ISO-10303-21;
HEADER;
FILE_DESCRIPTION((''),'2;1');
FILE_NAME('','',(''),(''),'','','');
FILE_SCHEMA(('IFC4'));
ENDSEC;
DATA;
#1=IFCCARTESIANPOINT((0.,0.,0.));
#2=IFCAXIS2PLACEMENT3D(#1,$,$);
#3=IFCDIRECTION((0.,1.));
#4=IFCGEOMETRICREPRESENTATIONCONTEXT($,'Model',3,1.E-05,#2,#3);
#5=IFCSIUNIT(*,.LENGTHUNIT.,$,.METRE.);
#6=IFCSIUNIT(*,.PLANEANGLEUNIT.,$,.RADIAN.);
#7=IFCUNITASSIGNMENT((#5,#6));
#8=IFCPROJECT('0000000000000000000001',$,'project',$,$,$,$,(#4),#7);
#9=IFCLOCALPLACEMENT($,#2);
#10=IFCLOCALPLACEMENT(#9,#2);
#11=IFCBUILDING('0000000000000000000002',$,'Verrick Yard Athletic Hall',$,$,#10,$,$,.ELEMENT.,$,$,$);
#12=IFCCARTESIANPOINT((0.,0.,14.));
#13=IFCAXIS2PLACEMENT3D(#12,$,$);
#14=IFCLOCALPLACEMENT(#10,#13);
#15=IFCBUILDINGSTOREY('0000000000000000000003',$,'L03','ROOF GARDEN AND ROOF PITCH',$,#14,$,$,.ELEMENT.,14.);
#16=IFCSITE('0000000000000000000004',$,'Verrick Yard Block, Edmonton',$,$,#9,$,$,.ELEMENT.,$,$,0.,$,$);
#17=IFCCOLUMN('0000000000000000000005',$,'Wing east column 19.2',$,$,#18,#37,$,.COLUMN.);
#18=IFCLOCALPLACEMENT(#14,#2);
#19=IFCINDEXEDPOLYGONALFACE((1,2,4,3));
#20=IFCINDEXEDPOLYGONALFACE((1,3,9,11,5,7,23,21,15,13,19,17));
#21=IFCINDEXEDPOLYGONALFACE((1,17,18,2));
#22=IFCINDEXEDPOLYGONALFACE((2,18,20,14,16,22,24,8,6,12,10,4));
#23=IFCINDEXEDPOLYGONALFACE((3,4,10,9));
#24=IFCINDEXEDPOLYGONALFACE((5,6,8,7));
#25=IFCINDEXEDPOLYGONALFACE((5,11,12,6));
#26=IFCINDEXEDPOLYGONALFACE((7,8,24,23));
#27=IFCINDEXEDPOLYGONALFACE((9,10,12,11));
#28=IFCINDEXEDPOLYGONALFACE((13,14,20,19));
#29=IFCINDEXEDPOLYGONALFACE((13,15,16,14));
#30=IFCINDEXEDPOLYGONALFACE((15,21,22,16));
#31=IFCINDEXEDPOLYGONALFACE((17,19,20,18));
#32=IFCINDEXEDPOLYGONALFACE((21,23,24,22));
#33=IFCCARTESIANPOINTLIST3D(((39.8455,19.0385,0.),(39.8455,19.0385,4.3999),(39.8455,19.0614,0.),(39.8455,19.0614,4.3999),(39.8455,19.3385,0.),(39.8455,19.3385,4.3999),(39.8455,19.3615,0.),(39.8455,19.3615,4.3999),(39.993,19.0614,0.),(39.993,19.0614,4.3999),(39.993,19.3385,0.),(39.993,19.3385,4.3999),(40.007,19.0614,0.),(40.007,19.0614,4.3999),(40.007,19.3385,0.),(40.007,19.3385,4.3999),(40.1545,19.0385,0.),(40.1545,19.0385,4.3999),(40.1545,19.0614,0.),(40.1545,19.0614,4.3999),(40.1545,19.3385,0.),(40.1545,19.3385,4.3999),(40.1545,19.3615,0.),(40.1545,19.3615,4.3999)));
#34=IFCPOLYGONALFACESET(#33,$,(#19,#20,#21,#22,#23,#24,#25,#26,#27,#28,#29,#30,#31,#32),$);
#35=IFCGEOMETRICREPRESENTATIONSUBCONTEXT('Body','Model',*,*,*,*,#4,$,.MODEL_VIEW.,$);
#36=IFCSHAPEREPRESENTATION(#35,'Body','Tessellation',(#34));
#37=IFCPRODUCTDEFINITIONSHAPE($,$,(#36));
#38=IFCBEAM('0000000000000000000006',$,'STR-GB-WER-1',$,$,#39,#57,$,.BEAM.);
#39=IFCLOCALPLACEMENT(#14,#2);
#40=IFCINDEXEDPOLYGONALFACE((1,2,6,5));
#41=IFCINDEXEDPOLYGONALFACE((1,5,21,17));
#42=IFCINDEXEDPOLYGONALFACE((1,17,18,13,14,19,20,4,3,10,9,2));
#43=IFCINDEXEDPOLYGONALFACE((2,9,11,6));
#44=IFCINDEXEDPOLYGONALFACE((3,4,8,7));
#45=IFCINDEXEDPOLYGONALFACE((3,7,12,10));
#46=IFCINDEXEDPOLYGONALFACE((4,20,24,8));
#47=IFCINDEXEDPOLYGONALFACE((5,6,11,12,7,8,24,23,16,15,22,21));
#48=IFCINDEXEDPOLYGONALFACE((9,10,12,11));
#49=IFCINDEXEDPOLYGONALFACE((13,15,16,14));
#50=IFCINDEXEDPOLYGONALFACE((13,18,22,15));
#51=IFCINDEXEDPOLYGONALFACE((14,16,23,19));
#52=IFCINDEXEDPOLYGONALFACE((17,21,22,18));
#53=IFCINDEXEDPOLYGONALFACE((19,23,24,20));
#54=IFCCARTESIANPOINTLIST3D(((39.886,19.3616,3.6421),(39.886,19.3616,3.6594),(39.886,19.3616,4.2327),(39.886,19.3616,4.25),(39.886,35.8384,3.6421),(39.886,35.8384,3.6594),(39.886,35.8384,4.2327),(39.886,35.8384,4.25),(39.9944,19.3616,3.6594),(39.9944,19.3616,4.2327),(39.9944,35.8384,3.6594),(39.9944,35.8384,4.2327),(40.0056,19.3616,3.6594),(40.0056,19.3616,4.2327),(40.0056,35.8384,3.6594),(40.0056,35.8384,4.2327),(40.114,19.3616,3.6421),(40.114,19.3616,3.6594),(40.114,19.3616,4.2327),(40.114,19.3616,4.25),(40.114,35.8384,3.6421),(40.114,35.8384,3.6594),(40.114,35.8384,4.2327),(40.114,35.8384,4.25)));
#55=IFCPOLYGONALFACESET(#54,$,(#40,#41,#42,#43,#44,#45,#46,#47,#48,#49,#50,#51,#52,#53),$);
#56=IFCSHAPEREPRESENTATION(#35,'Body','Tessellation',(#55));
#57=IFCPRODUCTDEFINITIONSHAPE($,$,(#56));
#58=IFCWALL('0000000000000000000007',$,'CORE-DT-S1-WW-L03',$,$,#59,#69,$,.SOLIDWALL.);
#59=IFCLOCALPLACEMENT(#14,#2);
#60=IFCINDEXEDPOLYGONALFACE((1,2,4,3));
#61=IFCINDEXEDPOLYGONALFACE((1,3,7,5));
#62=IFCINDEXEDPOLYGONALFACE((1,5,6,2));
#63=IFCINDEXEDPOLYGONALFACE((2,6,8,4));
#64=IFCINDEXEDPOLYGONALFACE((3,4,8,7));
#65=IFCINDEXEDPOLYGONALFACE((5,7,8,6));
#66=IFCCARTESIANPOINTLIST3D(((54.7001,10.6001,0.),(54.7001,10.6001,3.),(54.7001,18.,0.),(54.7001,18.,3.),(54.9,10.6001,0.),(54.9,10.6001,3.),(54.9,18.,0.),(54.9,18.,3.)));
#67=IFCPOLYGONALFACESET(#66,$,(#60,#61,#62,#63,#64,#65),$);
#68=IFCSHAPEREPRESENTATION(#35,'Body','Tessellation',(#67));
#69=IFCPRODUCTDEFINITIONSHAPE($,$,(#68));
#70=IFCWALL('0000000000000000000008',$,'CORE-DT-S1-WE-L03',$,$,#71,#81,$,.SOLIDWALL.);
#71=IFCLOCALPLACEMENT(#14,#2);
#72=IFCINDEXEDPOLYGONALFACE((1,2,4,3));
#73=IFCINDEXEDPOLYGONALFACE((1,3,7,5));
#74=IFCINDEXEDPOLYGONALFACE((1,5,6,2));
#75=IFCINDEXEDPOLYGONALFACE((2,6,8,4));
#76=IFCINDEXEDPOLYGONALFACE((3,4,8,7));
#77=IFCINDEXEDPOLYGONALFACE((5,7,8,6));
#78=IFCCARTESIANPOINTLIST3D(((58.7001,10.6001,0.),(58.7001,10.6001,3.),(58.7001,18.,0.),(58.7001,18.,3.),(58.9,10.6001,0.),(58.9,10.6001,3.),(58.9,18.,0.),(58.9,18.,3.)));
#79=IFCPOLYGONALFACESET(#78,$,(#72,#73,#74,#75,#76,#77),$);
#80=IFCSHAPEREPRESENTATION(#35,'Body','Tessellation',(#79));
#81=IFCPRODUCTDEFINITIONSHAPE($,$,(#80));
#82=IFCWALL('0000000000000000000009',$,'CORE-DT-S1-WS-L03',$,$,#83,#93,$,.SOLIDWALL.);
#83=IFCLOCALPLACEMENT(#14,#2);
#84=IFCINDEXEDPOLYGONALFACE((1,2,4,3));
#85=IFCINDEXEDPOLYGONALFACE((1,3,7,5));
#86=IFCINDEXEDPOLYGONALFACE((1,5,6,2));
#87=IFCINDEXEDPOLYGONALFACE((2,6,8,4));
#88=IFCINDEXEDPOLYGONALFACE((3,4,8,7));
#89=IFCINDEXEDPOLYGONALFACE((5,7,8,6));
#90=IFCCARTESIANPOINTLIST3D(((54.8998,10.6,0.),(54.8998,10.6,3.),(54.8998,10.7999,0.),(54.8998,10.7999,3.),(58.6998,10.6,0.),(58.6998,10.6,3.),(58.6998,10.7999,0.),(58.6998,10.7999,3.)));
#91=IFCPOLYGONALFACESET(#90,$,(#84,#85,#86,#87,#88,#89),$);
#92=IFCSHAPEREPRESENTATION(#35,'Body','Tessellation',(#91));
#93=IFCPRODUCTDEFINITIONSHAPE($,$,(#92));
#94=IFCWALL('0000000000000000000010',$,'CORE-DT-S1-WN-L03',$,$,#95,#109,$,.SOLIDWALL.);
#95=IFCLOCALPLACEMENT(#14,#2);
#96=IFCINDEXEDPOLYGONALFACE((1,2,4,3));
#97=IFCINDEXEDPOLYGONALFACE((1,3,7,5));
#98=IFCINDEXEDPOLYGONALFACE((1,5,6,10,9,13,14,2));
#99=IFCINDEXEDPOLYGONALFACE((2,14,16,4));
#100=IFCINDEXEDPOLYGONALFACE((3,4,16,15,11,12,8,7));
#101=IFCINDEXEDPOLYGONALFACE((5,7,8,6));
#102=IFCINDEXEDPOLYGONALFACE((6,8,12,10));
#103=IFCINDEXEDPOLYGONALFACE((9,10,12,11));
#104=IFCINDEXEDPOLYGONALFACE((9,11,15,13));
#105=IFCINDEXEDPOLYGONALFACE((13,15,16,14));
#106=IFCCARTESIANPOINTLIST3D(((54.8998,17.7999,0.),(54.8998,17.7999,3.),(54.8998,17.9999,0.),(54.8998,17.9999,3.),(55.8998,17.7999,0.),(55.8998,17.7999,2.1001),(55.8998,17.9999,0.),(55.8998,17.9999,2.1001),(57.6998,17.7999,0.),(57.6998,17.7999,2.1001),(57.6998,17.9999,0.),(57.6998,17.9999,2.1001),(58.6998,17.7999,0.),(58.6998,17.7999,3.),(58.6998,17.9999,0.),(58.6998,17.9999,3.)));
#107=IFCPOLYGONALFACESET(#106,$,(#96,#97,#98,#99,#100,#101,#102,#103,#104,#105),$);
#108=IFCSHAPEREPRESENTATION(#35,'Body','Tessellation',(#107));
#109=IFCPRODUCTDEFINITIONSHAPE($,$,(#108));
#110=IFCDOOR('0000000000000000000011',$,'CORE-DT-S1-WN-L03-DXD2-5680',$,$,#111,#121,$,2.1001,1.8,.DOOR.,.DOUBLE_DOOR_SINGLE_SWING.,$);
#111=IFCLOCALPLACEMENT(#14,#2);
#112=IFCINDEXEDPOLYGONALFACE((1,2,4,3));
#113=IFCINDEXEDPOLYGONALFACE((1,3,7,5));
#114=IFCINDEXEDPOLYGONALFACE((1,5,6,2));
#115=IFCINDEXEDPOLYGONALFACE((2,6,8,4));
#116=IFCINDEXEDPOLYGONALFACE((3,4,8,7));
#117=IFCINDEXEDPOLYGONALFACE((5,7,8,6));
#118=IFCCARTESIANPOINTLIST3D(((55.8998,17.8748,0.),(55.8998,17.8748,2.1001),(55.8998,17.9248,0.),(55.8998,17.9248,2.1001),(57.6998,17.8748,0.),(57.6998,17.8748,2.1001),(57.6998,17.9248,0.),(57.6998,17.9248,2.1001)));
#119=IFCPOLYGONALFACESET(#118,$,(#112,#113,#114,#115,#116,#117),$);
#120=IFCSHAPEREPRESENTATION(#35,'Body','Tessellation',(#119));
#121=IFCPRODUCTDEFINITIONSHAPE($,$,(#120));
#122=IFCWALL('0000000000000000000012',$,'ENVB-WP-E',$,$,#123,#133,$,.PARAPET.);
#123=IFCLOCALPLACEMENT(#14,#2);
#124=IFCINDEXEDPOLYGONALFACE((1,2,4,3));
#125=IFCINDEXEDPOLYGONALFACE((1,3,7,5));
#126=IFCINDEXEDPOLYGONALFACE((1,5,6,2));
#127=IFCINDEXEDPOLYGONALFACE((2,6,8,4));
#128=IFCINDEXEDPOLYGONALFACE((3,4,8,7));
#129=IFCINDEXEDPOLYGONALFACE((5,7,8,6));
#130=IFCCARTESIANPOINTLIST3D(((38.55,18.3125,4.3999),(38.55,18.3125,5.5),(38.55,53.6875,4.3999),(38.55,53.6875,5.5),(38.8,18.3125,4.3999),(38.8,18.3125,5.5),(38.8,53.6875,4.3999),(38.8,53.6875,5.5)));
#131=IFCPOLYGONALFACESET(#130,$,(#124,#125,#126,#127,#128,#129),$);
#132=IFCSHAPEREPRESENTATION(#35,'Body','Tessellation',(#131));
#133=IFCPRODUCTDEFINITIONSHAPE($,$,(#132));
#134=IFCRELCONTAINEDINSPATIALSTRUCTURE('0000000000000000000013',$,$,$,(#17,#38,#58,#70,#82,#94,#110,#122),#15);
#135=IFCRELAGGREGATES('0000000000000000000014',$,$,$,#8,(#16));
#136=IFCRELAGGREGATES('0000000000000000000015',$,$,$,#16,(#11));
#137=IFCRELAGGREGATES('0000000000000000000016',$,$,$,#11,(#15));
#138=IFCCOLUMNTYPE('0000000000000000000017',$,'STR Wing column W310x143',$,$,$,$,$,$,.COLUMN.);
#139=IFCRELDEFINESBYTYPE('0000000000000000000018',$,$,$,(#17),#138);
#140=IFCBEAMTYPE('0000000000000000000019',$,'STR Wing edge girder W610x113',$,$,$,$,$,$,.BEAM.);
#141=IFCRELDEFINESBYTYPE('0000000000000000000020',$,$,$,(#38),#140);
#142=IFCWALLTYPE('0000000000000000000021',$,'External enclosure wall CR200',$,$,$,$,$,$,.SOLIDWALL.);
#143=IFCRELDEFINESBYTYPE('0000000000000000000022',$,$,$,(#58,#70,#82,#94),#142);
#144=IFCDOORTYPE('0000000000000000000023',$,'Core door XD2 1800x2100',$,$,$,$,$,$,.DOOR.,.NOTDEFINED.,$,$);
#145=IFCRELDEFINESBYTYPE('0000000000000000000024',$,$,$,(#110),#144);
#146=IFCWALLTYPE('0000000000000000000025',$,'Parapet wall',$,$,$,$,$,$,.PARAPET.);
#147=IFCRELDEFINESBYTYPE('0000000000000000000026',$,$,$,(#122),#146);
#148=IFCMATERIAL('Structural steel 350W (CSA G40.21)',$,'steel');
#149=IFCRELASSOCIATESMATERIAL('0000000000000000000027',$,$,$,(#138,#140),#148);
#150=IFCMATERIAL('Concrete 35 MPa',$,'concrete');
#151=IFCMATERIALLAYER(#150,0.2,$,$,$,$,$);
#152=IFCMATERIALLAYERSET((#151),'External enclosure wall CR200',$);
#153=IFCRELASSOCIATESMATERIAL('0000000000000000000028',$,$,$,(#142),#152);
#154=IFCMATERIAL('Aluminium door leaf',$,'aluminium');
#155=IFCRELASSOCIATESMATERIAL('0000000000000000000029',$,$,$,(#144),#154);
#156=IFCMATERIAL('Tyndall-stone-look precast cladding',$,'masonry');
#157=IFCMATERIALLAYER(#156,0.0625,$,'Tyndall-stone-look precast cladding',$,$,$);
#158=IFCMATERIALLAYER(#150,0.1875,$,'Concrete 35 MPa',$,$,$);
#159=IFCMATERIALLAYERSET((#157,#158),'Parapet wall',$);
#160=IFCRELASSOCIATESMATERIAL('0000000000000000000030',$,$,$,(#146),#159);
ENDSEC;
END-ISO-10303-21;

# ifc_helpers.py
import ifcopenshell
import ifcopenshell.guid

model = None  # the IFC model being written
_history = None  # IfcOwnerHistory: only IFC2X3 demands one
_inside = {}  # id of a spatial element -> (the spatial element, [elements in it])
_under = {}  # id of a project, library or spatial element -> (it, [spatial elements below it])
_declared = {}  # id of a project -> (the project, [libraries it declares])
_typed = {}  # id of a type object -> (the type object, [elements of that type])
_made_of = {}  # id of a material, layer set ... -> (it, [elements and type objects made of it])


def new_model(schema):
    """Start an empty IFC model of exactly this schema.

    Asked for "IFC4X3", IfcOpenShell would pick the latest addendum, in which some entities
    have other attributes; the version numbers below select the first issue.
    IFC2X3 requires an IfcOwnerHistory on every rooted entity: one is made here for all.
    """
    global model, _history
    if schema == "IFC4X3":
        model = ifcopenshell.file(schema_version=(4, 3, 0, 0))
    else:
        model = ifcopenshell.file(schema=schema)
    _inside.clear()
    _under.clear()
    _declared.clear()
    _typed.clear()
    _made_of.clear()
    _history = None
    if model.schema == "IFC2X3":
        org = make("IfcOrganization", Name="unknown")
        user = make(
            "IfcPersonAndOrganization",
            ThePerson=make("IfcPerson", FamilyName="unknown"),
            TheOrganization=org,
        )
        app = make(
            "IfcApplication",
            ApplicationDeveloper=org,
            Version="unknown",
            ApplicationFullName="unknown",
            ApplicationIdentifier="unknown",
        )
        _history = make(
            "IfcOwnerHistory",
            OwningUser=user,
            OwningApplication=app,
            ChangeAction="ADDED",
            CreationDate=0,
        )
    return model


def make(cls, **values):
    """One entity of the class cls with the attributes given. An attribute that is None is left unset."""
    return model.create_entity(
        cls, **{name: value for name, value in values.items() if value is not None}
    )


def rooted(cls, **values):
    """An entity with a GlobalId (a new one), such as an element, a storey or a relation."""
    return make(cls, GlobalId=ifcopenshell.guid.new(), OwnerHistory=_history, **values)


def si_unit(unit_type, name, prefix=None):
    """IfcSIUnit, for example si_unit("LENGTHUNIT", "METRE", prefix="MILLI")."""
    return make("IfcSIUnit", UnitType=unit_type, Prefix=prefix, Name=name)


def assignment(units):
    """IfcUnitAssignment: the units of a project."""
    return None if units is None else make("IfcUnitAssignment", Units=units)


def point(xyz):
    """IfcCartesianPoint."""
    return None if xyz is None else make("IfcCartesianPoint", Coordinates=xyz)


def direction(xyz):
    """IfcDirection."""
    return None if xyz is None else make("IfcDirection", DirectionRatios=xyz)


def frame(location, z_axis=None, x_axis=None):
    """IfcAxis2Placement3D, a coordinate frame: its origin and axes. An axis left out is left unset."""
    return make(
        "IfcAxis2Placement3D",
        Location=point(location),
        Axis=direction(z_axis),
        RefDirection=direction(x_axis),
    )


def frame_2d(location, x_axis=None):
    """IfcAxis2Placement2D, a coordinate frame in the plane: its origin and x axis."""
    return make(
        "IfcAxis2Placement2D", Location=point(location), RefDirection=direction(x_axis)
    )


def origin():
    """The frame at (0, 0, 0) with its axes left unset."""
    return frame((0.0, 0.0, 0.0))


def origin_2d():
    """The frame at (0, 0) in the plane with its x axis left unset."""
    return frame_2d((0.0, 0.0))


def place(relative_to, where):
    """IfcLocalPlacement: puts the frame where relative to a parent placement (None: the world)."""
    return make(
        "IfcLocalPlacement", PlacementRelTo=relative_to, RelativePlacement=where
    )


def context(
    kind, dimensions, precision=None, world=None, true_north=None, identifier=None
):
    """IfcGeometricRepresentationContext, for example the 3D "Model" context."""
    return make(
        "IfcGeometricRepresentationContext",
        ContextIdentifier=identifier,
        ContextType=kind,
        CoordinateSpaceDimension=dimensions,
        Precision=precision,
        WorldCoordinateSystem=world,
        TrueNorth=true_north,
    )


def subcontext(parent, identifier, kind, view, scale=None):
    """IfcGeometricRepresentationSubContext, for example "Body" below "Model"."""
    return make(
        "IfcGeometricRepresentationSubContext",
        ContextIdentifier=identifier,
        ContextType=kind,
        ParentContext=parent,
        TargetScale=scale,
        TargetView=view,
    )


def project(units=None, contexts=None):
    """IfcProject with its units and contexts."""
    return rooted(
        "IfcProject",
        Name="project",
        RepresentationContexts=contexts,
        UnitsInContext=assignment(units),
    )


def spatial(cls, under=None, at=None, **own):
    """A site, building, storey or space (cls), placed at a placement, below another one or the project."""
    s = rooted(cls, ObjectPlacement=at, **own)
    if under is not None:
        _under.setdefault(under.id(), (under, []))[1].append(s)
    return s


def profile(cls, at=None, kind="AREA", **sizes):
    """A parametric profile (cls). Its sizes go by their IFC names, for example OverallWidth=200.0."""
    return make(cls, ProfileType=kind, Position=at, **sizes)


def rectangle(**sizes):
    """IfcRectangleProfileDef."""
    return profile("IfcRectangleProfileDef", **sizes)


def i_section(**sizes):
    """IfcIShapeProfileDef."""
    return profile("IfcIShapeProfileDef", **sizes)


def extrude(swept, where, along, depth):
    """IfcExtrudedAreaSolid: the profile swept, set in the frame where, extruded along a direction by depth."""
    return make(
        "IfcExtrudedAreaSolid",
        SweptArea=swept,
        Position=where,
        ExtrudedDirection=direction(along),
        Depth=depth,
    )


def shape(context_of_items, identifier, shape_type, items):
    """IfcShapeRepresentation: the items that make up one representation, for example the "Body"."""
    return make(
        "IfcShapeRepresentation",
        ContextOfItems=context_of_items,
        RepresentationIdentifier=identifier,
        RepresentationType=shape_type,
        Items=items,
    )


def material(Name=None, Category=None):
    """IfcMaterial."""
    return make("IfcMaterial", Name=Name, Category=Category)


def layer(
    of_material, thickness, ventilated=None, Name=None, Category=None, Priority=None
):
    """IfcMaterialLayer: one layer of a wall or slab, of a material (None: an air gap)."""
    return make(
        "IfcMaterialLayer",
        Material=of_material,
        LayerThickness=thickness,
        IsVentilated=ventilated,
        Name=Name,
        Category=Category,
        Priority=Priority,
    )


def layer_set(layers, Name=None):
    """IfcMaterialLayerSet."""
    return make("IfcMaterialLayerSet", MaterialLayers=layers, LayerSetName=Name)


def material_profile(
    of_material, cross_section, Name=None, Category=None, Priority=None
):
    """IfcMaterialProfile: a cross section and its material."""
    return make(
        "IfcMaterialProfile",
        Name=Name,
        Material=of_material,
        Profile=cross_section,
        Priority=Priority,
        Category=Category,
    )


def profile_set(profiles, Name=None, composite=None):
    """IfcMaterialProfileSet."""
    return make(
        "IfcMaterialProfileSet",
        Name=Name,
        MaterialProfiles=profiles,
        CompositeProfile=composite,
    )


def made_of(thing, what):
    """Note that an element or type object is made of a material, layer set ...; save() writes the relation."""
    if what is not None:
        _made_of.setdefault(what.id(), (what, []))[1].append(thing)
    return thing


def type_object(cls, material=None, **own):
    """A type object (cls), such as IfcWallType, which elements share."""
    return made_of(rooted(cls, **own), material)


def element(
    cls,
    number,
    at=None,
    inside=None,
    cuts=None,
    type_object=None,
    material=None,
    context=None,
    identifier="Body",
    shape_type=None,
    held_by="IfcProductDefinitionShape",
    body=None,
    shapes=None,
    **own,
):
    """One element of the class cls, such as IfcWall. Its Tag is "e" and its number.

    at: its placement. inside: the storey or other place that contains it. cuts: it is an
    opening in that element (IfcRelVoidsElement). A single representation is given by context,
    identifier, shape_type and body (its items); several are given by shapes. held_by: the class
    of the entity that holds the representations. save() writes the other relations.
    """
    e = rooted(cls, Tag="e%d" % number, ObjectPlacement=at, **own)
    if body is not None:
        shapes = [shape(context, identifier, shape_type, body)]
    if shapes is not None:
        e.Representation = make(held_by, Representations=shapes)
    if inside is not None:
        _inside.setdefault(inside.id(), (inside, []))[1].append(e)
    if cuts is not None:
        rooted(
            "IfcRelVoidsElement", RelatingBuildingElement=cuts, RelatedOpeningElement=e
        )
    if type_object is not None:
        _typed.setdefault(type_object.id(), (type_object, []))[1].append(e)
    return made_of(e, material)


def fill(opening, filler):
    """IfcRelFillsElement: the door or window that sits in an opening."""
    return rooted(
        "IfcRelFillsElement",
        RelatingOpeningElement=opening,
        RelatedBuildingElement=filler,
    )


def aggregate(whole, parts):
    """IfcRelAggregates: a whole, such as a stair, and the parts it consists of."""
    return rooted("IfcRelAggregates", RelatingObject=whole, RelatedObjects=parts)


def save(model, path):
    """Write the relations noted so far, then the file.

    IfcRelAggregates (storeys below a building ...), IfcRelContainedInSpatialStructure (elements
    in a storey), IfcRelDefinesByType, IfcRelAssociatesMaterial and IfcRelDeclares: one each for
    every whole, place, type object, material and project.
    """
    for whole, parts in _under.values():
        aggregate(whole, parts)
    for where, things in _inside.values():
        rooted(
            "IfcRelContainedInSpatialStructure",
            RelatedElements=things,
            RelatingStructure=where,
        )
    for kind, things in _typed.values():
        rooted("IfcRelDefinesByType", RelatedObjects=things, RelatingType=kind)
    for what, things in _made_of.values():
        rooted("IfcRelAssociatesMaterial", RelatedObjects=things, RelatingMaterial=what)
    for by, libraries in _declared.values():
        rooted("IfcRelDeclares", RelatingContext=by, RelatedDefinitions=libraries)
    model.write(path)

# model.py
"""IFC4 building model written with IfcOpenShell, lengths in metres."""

from ifc_helpers import new_model, si_unit, direction, frame, frame_2d, origin, origin_2d, place, context, subcontext, project, spatial, rectangle, i_section, extrude, material, layer, layer_set, material_profile, profile_set, type_object, element, fill, save


model = new_model("IFC4")

# Units and contexts
model_context = context("Model", 3, precision=1e-05, world=origin(), true_north=direction((0.0, 1.0)))
body_context = subcontext(model_context, "Body", "Model", "MODEL_VIEW")
ifc_project = project(units=[si_unit("LENGTHUNIT", "METRE"), si_unit("PLANEANGLEUNIT", "RADIAN")], contexts=[model_context])

# Site, building, storey
site_placement = place(None, origin())
site = spatial("IfcSite", under=ifc_project, at=site_placement, Name="Verrick Yard Block, Edmonton", CompositionType="ELEMENT", RefElevation=0.0)
building_placement = place(site_placement, origin())
building = spatial("IfcBuilding", under=site, at=building_placement, Name="Verrick Yard Athletic Hall", CompositionType="ELEMENT")
storey_placement = place(building_placement, frame((0.0, 0.0, 14.0)))
storey = spatial("IfcBuildingStorey", under=building, at=storey_placement, Name="L03", Description="ROOF GARDEN AND ROOF PITCH", CompositionType="ELEMENT", Elevation=14.0)

# Column
ifc_material_1 = material(Name="Structural steel 350W (CSA G40.21)", Category="steel")
ifc_material_profile_1 = material_profile(ifc_material_1, i_section(OverallWidth=0.3091, OverallDepth=0.323, WebThickness=0.0139, FlangeThickness=0.0229, at=origin_2d()), Name="W310x143")
ifc_profile_set_1 = profile_set([ifc_material_profile_1], Name="Structural steel 350W (CSA G40.21)")
column_type = type_object("IfcColumnType", Name="STR Wing column W310x143", PredefinedType="COLUMN", material=ifc_profile_set_1)
column_placement = place(storey_placement, frame((40.0, 19.2, 0.0), z_axis=(0.0, 0.0, 1.0), x_axis=(1.0, 0.0, 0.0)))
element("IfcColumn", 1, at=column_placement, inside=storey, type_object=column_type, Name="Wing east column 19.2", PredefinedType="COLUMN", context=body_context, shape_type="SweptSolid", body=[
    extrude(i_section(OverallWidth=0.3091, OverallDepth=0.323, WebThickness=0.0139, FlangeThickness=0.0229, at=origin_2d()), origin(), (0.0, 0.0, 1.0), 4.3999),
])

# Beam
ifc_material_profile_2 = material_profile(ifc_material_1, i_section(OverallWidth=0.228, OverallDepth=0.6079, WebThickness=0.0112, FlangeThickness=0.0173, at=origin_2d()), Name="W610x113")
ifc_profile_set_2 = profile_set([ifc_material_profile_2], Name="Structural steel 350W (CSA G40.21)")
beam_type = type_object("IfcBeamType", Name="STR Wing edge girder W610x113", PredefinedType="BEAM", material=ifc_profile_set_2)
beam_placement = place(storey_placement, frame((40.0, 19.3616, 3.946), z_axis=(0.0, 1.0, 0.0), x_axis=(-1.0, 0.0, 0.0)))
element("IfcBeam", 2, at=beam_placement, inside=storey, type_object=beam_type, Name="STR-GB-WER-1", PredefinedType="BEAM", context=body_context, shape_type="SweptSolid", body=[
    extrude(i_section(OverallWidth=0.228, OverallDepth=0.6079, WebThickness=0.0112, FlangeThickness=0.0173, at=origin_2d()), origin(), (0.0, 0.0, 1.0), 16.4768),
])

# Walls
ifc_material_2 = material(Name="Concrete 35 MPa", Category="concrete")
ifc_layer_1 = layer(ifc_material_2, 0.2)
ifc_layer_set_1 = layer_set([ifc_layer_1], Name="External enclosure wall CR200")
wall_type_1 = type_object("IfcWallType", Name="External enclosure wall CR200", PredefinedType="SOLIDWALL", material=ifc_layer_set_1)
for number, where, z_axis, x_axis, name in (
    (3, (54.8, 10.6001, 0.0), (0.0, 0.0, 1.0), (0.0, 1.0, 0.0), "CORE-DT-S1-WW-L03"),
    (4, (58.8, 18.0, 0.0), (0.0, 0.0, 1.0), (0.0, -1.0, 0.0), "CORE-DT-S1-WE-L03"),
):
    element("IfcWall", number, at=place(storey_placement, frame(where, z_axis=z_axis, x_axis=x_axis)), inside=storey, type_object=wall_type_1, Name=name, PredefinedType="SOLIDWALL", context=body_context, shape_type="SweptSolid", body=[
        extrude(rectangle(XDim=7.3999, YDim=0.2, at=frame_2d((3.7, 0.0))), origin(), (0.0, 0.0, 1.0), 3.0),
    ])
wall_1_placement = place(storey_placement, frame((54.8999, 10.7, 0.0), z_axis=(0.0, 0.0, 1.0), x_axis=(1.0, 0.0, 0.0)))
element("IfcWall", 5, at=wall_1_placement, inside=storey, type_object=wall_type_1, Name="CORE-DT-S1-WS-L03", PredefinedType="SOLIDWALL", context=body_context, shape_type="SweptSolid", body=[
    extrude(rectangle(XDim=3.8, YDim=0.2, at=frame_2d((1.8999, 0.0))), origin(), (0.0, 0.0, 1.0), 3.0),
])

# Wall, opening, door
wall_2_placement = place(storey_placement, frame((54.8999, 17.8999, 0.0), z_axis=(0.0, 0.0, 1.0), x_axis=(1.0, 0.0, 0.0)))
wall_2 = element("IfcWall", 6, at=wall_2_placement, inside=storey, type_object=wall_type_1, Name="CORE-DT-S1-WN-L03", PredefinedType="SOLIDWALL", context=body_context, shape_type="SweptSolid", body=[
    extrude(rectangle(XDim=3.8, YDim=0.2, at=frame_2d((1.8999, 0.0))), origin(), (0.0, 0.0, 1.0), 3.0),
])
opening_1_placement = place(wall_2_placement, frame((1.0, 0.0, 0.0)))
opening_1 = element("IfcOpeningElement", 7, at=opening_1_placement, cuts=wall_2, PredefinedType="OPENING", context=body_context, shape_type="SweptSolid", body=[
    extrude(rectangle(XDim=1.8, YDim=2.1001, at=frame_2d((0.8999, 1.05))), frame((0.0, 0.1099, 0.0), z_axis=(0.0, -1.0, 0.0), x_axis=(1.0, 0.0, 0.0)), (0.0, 0.0, 1.0), 0.22),
])
ifc_material_3 = material(Name="Aluminium door leaf", Category="aluminium")
door_type_1 = type_object("IfcDoorType", Name="Core door XD2 1800x2100", OperationType="NOTDEFINED", PredefinedType="DOOR", material=ifc_material_3)
door_1_placement = place(opening_1_placement, origin())
door_1 = element("IfcDoor", 8, at=door_1_placement, inside=storey, type_object=door_type_1, Name="CORE-DT-S1-WN-L03-DXD2-5680", OperationType="DOUBLE_DOOR_SINGLE_SWING", OverallHeight=2.1001, OverallWidth=1.8, PredefinedType="DOOR", context=body_context, shape_type="SweptSolid", body=[
    extrude(rectangle(XDim=1.8, YDim=2.1001, at=frame_2d((0.8999, 1.05))), frame((0.0, 0.0249, 0.0), z_axis=(0.0, -1.0, 0.0), x_axis=(1.0, 0.0, 0.0)), (0.0, 0.0, 1.0), 0.05),
])
fill(opening_1, door_1)

# Wall
ifc_material_4 = material(Name="Tyndall-stone-look precast cladding", Category="masonry")
ifc_layer_2 = layer(ifc_material_4, 0.0625, Name="Tyndall-stone-look precast cladding")
ifc_layer_3 = layer(ifc_material_2, 0.1875, Name="Concrete 35 MPa")
ifc_layer_set_2 = layer_set([ifc_layer_2, ifc_layer_3], Name="Parapet wall")
wall_type_2 = type_object("IfcWallType", Name="Parapet wall", PredefinedType="PARAPET", material=ifc_layer_set_2)
wall_3_placement = place(storey_placement, frame((38.675, 18.3125, 4.3999), z_axis=(0.0, 0.0, 1.0), x_axis=(0.0, 1.0, 0.0)))
element("IfcWall", 9, at=wall_3_placement, inside=storey, type_object=wall_type_2, Name="ENVB-WP-E", PredefinedType="PARAPET", context=body_context, shape_type="SweptSolid", body=[
    extrude(rectangle(XDim=35.375, YDim=0.25, at=frame_2d((17.6875, 0.0))), origin(), (0.0, 0.0, 1.0), 1.1001),
])

save(model, "model.ifc")
